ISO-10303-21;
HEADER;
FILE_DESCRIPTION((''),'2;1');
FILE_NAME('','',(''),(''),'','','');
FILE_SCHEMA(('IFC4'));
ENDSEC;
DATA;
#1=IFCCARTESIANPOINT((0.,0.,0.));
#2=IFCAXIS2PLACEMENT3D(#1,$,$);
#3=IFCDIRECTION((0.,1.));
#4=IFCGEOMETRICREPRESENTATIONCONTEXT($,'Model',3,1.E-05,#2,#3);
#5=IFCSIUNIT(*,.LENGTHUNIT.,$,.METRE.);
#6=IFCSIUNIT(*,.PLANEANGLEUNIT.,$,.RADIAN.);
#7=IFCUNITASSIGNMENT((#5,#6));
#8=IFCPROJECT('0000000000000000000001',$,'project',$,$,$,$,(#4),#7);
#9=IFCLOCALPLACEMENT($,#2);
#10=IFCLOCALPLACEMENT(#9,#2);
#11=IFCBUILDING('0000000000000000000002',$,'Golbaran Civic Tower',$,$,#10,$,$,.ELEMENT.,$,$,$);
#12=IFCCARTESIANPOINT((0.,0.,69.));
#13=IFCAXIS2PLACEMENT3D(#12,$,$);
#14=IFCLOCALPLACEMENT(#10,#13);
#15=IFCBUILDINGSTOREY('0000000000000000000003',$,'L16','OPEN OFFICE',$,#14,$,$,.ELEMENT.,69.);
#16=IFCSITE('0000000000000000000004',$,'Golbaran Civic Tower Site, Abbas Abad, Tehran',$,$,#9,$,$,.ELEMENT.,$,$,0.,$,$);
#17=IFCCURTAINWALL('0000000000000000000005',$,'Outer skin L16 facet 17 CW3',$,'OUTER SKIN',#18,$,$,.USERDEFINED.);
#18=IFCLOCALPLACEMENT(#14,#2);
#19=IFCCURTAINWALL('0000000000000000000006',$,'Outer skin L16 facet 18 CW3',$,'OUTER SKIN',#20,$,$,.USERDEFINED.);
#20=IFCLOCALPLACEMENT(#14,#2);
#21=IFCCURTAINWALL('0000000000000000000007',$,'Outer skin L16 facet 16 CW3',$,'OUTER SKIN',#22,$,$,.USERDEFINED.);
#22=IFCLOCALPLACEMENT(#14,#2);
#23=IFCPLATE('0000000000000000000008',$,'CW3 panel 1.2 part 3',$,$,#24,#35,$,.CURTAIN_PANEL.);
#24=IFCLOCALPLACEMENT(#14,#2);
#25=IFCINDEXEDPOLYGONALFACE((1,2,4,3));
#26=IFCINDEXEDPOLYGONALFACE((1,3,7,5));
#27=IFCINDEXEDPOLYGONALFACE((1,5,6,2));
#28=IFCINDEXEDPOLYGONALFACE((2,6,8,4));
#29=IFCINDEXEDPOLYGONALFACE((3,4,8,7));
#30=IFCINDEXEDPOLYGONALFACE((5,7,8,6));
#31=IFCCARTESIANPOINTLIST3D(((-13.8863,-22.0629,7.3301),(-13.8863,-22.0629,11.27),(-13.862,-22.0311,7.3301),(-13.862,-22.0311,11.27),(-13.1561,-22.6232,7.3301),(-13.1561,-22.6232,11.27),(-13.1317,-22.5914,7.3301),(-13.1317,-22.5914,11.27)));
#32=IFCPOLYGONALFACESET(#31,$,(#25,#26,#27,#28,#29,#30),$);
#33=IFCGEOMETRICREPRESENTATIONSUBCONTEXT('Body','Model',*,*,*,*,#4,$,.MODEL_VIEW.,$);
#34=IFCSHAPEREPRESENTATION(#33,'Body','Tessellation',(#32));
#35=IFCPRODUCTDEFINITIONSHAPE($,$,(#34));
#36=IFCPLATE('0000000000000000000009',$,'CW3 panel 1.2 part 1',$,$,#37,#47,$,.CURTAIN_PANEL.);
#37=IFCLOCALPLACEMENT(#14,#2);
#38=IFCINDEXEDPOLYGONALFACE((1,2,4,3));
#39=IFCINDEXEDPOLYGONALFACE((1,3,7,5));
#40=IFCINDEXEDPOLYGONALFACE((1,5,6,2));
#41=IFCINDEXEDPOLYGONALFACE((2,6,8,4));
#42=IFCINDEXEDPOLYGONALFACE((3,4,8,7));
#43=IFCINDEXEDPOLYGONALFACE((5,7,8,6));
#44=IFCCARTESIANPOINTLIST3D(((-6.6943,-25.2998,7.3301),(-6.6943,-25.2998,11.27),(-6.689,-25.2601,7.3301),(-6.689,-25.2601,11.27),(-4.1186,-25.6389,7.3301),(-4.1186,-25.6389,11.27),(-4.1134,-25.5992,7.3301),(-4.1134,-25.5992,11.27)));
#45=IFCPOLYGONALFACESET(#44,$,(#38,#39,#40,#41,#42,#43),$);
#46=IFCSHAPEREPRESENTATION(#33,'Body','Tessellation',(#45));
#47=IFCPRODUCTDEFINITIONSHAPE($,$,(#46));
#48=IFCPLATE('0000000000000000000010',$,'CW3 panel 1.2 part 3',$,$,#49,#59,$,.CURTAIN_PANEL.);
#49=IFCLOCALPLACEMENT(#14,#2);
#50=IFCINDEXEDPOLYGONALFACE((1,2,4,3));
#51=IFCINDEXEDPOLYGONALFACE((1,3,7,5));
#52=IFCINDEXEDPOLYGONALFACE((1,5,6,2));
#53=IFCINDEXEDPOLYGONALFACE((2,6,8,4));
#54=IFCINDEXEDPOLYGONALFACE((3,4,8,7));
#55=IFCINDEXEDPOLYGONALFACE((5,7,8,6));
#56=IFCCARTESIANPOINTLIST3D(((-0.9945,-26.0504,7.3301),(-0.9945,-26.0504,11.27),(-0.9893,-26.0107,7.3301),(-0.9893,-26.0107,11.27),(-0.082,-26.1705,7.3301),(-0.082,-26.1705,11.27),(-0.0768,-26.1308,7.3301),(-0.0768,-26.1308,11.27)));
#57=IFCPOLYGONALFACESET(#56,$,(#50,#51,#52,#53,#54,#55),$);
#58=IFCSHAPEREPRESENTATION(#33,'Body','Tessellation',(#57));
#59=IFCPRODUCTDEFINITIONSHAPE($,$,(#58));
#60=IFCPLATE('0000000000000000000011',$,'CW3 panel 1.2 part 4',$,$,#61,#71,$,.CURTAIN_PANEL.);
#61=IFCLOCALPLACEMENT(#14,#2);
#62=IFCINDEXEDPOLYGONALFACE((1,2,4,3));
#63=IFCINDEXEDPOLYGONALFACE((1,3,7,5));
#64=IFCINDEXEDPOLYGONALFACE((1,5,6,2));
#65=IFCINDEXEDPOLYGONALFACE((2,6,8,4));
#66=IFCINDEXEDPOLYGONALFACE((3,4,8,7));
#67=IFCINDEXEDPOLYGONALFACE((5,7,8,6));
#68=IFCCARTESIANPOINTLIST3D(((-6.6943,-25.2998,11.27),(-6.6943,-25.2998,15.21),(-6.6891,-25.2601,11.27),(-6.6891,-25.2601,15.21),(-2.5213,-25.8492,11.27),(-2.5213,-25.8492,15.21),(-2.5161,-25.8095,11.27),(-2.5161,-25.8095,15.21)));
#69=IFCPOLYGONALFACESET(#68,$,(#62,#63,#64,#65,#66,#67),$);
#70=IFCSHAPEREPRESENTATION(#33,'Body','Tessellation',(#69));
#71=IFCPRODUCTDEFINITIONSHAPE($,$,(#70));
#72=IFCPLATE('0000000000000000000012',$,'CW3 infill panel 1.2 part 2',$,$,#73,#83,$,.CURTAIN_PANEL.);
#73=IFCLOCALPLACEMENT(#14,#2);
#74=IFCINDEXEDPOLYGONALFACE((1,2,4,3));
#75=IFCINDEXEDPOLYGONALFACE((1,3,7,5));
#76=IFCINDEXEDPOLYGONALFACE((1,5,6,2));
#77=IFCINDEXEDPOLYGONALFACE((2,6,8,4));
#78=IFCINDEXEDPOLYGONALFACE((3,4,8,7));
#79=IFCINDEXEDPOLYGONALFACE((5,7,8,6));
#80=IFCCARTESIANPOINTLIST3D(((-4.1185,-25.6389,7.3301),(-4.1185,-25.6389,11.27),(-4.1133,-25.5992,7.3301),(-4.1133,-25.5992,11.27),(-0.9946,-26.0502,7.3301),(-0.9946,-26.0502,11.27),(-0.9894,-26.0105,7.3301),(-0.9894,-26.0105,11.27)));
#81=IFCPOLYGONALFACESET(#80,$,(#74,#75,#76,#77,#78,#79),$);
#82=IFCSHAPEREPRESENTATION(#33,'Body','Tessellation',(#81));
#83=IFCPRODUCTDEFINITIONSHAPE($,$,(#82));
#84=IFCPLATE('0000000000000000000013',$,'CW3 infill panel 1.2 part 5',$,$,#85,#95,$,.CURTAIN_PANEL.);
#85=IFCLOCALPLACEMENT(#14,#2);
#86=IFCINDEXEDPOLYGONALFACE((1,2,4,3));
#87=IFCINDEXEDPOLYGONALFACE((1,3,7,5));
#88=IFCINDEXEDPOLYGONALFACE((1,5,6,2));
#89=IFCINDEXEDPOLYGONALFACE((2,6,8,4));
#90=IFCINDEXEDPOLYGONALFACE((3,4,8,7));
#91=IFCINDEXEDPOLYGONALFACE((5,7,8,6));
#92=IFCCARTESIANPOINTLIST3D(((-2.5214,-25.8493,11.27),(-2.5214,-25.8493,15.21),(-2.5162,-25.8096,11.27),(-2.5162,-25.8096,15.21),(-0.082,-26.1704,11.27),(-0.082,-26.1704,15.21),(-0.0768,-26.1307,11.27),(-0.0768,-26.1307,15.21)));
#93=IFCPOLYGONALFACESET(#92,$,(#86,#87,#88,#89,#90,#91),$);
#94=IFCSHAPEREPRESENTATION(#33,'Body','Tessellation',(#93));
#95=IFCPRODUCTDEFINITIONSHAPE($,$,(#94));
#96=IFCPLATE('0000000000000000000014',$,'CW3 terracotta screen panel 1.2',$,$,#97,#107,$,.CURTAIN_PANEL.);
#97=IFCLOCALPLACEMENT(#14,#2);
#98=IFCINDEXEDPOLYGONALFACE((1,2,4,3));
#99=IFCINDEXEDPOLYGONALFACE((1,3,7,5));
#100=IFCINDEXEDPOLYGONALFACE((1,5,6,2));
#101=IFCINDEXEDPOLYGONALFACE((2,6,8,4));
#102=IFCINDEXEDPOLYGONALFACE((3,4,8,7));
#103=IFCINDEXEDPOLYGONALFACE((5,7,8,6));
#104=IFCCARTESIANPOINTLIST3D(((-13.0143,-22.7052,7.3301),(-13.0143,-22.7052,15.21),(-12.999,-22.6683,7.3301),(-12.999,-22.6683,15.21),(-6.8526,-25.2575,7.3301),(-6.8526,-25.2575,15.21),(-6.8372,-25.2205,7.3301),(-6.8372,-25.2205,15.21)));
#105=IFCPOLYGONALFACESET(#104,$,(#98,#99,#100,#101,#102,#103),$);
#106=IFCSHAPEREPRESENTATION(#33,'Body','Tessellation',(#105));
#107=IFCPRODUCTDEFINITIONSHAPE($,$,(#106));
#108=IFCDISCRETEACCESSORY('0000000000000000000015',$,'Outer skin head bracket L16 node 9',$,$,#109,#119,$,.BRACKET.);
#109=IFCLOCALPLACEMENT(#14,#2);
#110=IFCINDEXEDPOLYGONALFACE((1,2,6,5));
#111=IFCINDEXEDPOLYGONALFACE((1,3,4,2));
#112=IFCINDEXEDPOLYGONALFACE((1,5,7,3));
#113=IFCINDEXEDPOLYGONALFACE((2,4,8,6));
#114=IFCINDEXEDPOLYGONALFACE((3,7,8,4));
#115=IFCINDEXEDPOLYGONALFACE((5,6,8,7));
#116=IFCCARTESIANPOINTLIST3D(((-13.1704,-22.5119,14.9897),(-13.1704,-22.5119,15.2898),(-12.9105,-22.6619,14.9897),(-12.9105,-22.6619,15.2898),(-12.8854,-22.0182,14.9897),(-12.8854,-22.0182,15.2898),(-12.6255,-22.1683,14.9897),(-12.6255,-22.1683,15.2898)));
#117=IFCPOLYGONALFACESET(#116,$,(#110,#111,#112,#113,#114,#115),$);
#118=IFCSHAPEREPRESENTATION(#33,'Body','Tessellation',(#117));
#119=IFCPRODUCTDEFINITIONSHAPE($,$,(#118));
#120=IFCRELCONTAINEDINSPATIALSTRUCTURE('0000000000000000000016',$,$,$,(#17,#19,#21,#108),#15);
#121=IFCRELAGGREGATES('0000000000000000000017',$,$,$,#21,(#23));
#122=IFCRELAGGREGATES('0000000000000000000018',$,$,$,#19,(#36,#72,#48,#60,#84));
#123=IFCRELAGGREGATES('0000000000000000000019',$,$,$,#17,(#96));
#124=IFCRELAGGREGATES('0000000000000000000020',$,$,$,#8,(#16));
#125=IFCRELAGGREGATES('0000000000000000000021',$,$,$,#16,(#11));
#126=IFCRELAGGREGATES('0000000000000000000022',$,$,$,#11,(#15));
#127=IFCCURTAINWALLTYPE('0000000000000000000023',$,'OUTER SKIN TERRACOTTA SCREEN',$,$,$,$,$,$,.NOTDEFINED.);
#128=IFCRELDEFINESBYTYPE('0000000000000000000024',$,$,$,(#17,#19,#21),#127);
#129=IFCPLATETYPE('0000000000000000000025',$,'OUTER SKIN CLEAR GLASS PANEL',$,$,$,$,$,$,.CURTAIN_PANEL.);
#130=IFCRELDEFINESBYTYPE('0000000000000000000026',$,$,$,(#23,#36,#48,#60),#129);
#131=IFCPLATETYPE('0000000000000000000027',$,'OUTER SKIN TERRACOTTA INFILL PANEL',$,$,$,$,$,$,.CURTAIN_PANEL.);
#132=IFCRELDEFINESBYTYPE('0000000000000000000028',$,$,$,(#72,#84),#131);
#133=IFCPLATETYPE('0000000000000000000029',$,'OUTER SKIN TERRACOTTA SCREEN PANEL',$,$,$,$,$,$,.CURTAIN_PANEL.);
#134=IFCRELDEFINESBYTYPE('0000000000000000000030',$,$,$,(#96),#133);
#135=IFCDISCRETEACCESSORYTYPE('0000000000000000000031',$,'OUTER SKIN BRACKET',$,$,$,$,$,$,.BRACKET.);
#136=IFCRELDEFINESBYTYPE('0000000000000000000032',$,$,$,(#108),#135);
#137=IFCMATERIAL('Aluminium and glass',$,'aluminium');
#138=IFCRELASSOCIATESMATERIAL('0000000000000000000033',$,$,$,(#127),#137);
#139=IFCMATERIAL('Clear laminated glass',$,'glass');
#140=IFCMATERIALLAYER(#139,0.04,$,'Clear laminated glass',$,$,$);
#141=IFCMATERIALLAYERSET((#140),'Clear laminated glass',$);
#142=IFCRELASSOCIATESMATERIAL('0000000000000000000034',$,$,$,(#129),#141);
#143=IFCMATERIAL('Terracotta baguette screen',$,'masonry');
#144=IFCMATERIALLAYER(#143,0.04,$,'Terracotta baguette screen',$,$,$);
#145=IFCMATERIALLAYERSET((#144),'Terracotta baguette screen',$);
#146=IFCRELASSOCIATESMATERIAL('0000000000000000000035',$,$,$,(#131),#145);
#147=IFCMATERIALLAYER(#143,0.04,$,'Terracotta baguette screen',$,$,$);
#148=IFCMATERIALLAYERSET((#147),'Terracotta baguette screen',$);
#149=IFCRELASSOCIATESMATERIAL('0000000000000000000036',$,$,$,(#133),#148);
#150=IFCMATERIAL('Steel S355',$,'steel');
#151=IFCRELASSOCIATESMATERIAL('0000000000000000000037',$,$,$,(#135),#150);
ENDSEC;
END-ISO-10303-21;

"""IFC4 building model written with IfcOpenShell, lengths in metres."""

from ifc_helpers import new_model, si_unit, direction, frame, origin, origin_2d, place, context, subcontext, project, spatial, rectangle, extrude, material, layer, layer_set, type_object, element, aggregate, save


model = new_model("IFC4")

# Units and contexts
model_context = context("Model", 3, precision=1e-05, world=origin(), true_north=direction((0.0, 1.0)))
body_context = subcontext(model_context, "Body", "Model", "MODEL_VIEW")
ifc_project = project(units=[si_unit("LENGTHUNIT", "METRE"), si_unit("PLANEANGLEUNIT", "RADIAN")], contexts=[model_context])

# Site, building, storey
site_placement = place(None, origin())
site = spatial("IfcSite", under=ifc_project, at=site_placement, Name="Golbaran Civic Tower Site, Abbas Abad, Tehran", CompositionType="ELEMENT", RefElevation=0.0)
building_placement = place(site_placement, origin())
building = spatial("IfcBuilding", under=site, at=building_placement, Name="Golbaran Civic Tower", CompositionType="ELEMENT")
storey_placement = place(building_placement, frame((0.0, 0.0, 69.0)))
storey = spatial("IfcBuildingStorey", under=building, at=storey_placement, Name="L16", Description="OPEN OFFICE", CompositionType="ELEMENT", Elevation=69.0)

# Curtain walls
ifc_material_1 = material(Name="Aluminium and glass", Category="aluminium")
curtain_wall_type_1 = type_object("IfcCurtainWallType", Name="OUTER SKIN TERRACOTTA SCREEN", PredefinedType="NOTDEFINED", material=ifc_material_1)
curtain_wall_1_placement = place(storey_placement, origin())
curtain_wall_1 = element("IfcCurtainWall", 1, at=curtain_wall_1_placement, inside=storey, type_object=curtain_wall_type_1, Name="Outer skin L16 facet 17 CW3", ObjectType="OUTER SKIN", PredefinedType="USERDEFINED")
curtain_wall_2_placement = place(storey_placement, origin())
curtain_wall_2 = element("IfcCurtainWall", 2, at=curtain_wall_2_placement, inside=storey, type_object=curtain_wall_type_1, Name="Outer skin L16 facet 18 CW3", ObjectType="OUTER SKIN", PredefinedType="USERDEFINED")

# Curtain wall, plate
curtain_wall_3_placement = place(storey_placement, origin())
curtain_wall_3 = element("IfcCurtainWall", 3, at=curtain_wall_3_placement, inside=storey, type_object=curtain_wall_type_1, Name="Outer skin L16 facet 16 CW3", ObjectType="OUTER SKIN", PredefinedType="USERDEFINED")
ifc_material_2 = material(Name="Clear laminated glass", Category="glass")
ifc_layer_1 = layer(ifc_material_2, 0.04, Name="Clear laminated glass")
ifc_layer_set_1 = layer_set([ifc_layer_1], Name="Clear laminated glass")
plate_type_1 = type_object("IfcPlateType", Name="OUTER SKIN CLEAR GLASS PANEL", PredefinedType="CURTAIN_PANEL", material=ifc_layer_set_1)
plate_1_placement = place(storey_placement, frame((-13.509, -22.3271, 7.3301), z_axis=(0.0, 0.0, 1.0), x_axis=(0.793353, -0.608761, 0.0)))
plate_1 = element("IfcPlate", 4, at=plate_1_placement, type_object=plate_type_1, Name="CW3 panel 1.2 part 3", PredefinedType="CURTAIN_PANEL", context=body_context, shape_type="SweptSolid", body=[
    extrude(rectangle(XDim=0.9204, YDim=0.04, at=origin_2d()), origin(), (0.0, 0.0, 1.0), 3.9399),
])
aggregate(curtain_wall_3, [plate_1])

# Plates
plate_2_placement = place(storey_placement, frame((-5.4038, -25.4495, 7.3301), z_axis=(0.0, 0.0, 1.0), x_axis=(0.991445, -0.130526, 0.0)))
plate_2 = element("IfcPlate", 5, at=plate_2_placement, type_object=plate_type_1, Name="CW3 panel 1.2 part 1", PredefinedType="CURTAIN_PANEL", context=body_context, shape_type="SweptSolid", body=[
    extrude(rectangle(XDim=2.5979, YDim=0.04, at=origin_2d()), origin(), (0.0, 0.0, 1.0), 3.9399),
])
plate_3_placement = place(storey_placement, frame((-0.5356, -26.0906, 7.3301), z_axis=(0.0, 0.0, 1.0), x_axis=(0.991445, -0.130526, 0.0)))
plate_3 = element("IfcPlate", 6, at=plate_3_placement, type_object=plate_type_1, Name="CW3 panel 1.2 part 3", PredefinedType="CURTAIN_PANEL", context=body_context, shape_type="SweptSolid", body=[
    extrude(rectangle(XDim=0.9204, YDim=0.04, at=origin_2d()), origin(), (0.0, 0.0, 1.0), 3.9399),
])
plate_4_placement = place(storey_placement, frame((-4.6052, -25.5547, 11.27), z_axis=(0.0, 0.0, 1.0), x_axis=(0.991445, -0.130526, 0.0)))
plate_4 = element("IfcPlate", 7, at=plate_4_placement, type_object=plate_type_1, Name="CW3 panel 1.2 part 4", PredefinedType="CURTAIN_PANEL", context=body_context, shape_type="SweptSolid", body=[
    extrude(rectangle(XDim=4.209, YDim=0.04, at=origin_2d()), origin(), (0.0, 0.0, 1.0), 3.9399),
])
ifc_material_3 = material(Name="Terracotta baguette screen", Category="masonry")
ifc_layer_2 = layer(ifc_material_3, 0.04, Name="Terracotta baguette screen")
ifc_layer_set_2 = layer_set([ifc_layer_2], Name="Terracotta baguette screen")
plate_type_2 = type_object("IfcPlateType", Name="OUTER SKIN TERRACOTTA INFILL PANEL", PredefinedType="CURTAIN_PANEL", material=ifc_layer_set_2)
plate_5_placement = place(storey_placement, frame((-2.554, -25.8247, 7.3301), z_axis=(0.0, 0.0, 1.0), x_axis=(0.991445, -0.130526, 0.0)))
plate_5 = element("IfcPlate", 8, at=plate_5_placement, type_object=plate_type_2, Name="CW3 infill panel 1.2 part 2", PredefinedType="CURTAIN_PANEL", context=body_context, shape_type="SweptSolid", body=[
    extrude(rectangle(XDim=3.1509, YDim=0.04, at=origin_2d()), origin(), (0.0, 0.0, 1.0), 3.9399),
])
plate_6_placement = place(storey_placement, frame((-1.2991, -25.99, 11.27), z_axis=(0.0, 0.0, 1.0), x_axis=(0.991445, -0.130526, 0.0)))
plate_6 = element("IfcPlate", 9, at=plate_6_placement, type_object=plate_type_2, Name="CW3 infill panel 1.2 part 5", PredefinedType="CURTAIN_PANEL", context=body_context, shape_type="SweptSolid", body=[
    extrude(rectangle(XDim=2.4604, YDim=0.04, at=origin_2d()), origin(), (0.0, 0.0, 1.0), 3.9399),
])
aggregate(curtain_wall_2, [plate_2, plate_5, plate_3, plate_4, plate_6])
ifc_layer_3 = layer(ifc_material_3, 0.04, Name="Terracotta baguette screen")
ifc_layer_set_3 = layer_set([ifc_layer_3], Name="Terracotta baguette screen")
plate_type_3 = type_object("IfcPlateType", Name="OUTER SKIN TERRACOTTA SCREEN PANEL", PredefinedType="CURTAIN_PANEL", material=ifc_layer_set_3)
plate_7_placement = place(storey_placement, frame((-9.9258, -23.9629, 7.3301), z_axis=(0.0, 0.0, 1.0), x_axis=(0.92388, -0.382683, 0.0)))
plate_7 = element("IfcPlate", 10, at=plate_7_placement, type_object=plate_type_3, Name="CW3 terracotta screen panel 1.2", PredefinedType="CURTAIN_PANEL", context=body_context, shape_type="SweptSolid", body=[
    extrude(rectangle(XDim=6.6694, YDim=0.04, at=origin_2d()), origin(), (0.0, 0.0, 1.0), 7.8799),
])
aggregate(curtain_wall_1, [plate_7])

# Discrete accessory
ifc_material_4 = material(Name="Steel S355", Category="steel")
discrete_accessory_type = type_object("IfcDiscreteAccessoryType", Name="OUTER SKIN BRACKET", PredefinedType="BRACKET", material=ifc_material_4)
discrete_accessory_placement = place(storey_placement, frame((-12.8979, -22.3401, 14.9897), z_axis=(0.0, 0.0, 1.0), x_axis=(-0.5, -0.866025, 0.0)))
element("IfcDiscreteAccessory", 11, at=discrete_accessory_placement, inside=storey, type_object=discrete_accessory_type, Name="Outer skin head bracket L16 node 9", PredefinedType="BRACKET", context=body_context, shape_type="SweptSolid", body=[
    extrude(rectangle(XDim=0.5701, YDim=0.3, at=origin_2d()), origin(), (0.0, 0.0, 1.0), 0.3),
])

save(model, "model.ifc")
